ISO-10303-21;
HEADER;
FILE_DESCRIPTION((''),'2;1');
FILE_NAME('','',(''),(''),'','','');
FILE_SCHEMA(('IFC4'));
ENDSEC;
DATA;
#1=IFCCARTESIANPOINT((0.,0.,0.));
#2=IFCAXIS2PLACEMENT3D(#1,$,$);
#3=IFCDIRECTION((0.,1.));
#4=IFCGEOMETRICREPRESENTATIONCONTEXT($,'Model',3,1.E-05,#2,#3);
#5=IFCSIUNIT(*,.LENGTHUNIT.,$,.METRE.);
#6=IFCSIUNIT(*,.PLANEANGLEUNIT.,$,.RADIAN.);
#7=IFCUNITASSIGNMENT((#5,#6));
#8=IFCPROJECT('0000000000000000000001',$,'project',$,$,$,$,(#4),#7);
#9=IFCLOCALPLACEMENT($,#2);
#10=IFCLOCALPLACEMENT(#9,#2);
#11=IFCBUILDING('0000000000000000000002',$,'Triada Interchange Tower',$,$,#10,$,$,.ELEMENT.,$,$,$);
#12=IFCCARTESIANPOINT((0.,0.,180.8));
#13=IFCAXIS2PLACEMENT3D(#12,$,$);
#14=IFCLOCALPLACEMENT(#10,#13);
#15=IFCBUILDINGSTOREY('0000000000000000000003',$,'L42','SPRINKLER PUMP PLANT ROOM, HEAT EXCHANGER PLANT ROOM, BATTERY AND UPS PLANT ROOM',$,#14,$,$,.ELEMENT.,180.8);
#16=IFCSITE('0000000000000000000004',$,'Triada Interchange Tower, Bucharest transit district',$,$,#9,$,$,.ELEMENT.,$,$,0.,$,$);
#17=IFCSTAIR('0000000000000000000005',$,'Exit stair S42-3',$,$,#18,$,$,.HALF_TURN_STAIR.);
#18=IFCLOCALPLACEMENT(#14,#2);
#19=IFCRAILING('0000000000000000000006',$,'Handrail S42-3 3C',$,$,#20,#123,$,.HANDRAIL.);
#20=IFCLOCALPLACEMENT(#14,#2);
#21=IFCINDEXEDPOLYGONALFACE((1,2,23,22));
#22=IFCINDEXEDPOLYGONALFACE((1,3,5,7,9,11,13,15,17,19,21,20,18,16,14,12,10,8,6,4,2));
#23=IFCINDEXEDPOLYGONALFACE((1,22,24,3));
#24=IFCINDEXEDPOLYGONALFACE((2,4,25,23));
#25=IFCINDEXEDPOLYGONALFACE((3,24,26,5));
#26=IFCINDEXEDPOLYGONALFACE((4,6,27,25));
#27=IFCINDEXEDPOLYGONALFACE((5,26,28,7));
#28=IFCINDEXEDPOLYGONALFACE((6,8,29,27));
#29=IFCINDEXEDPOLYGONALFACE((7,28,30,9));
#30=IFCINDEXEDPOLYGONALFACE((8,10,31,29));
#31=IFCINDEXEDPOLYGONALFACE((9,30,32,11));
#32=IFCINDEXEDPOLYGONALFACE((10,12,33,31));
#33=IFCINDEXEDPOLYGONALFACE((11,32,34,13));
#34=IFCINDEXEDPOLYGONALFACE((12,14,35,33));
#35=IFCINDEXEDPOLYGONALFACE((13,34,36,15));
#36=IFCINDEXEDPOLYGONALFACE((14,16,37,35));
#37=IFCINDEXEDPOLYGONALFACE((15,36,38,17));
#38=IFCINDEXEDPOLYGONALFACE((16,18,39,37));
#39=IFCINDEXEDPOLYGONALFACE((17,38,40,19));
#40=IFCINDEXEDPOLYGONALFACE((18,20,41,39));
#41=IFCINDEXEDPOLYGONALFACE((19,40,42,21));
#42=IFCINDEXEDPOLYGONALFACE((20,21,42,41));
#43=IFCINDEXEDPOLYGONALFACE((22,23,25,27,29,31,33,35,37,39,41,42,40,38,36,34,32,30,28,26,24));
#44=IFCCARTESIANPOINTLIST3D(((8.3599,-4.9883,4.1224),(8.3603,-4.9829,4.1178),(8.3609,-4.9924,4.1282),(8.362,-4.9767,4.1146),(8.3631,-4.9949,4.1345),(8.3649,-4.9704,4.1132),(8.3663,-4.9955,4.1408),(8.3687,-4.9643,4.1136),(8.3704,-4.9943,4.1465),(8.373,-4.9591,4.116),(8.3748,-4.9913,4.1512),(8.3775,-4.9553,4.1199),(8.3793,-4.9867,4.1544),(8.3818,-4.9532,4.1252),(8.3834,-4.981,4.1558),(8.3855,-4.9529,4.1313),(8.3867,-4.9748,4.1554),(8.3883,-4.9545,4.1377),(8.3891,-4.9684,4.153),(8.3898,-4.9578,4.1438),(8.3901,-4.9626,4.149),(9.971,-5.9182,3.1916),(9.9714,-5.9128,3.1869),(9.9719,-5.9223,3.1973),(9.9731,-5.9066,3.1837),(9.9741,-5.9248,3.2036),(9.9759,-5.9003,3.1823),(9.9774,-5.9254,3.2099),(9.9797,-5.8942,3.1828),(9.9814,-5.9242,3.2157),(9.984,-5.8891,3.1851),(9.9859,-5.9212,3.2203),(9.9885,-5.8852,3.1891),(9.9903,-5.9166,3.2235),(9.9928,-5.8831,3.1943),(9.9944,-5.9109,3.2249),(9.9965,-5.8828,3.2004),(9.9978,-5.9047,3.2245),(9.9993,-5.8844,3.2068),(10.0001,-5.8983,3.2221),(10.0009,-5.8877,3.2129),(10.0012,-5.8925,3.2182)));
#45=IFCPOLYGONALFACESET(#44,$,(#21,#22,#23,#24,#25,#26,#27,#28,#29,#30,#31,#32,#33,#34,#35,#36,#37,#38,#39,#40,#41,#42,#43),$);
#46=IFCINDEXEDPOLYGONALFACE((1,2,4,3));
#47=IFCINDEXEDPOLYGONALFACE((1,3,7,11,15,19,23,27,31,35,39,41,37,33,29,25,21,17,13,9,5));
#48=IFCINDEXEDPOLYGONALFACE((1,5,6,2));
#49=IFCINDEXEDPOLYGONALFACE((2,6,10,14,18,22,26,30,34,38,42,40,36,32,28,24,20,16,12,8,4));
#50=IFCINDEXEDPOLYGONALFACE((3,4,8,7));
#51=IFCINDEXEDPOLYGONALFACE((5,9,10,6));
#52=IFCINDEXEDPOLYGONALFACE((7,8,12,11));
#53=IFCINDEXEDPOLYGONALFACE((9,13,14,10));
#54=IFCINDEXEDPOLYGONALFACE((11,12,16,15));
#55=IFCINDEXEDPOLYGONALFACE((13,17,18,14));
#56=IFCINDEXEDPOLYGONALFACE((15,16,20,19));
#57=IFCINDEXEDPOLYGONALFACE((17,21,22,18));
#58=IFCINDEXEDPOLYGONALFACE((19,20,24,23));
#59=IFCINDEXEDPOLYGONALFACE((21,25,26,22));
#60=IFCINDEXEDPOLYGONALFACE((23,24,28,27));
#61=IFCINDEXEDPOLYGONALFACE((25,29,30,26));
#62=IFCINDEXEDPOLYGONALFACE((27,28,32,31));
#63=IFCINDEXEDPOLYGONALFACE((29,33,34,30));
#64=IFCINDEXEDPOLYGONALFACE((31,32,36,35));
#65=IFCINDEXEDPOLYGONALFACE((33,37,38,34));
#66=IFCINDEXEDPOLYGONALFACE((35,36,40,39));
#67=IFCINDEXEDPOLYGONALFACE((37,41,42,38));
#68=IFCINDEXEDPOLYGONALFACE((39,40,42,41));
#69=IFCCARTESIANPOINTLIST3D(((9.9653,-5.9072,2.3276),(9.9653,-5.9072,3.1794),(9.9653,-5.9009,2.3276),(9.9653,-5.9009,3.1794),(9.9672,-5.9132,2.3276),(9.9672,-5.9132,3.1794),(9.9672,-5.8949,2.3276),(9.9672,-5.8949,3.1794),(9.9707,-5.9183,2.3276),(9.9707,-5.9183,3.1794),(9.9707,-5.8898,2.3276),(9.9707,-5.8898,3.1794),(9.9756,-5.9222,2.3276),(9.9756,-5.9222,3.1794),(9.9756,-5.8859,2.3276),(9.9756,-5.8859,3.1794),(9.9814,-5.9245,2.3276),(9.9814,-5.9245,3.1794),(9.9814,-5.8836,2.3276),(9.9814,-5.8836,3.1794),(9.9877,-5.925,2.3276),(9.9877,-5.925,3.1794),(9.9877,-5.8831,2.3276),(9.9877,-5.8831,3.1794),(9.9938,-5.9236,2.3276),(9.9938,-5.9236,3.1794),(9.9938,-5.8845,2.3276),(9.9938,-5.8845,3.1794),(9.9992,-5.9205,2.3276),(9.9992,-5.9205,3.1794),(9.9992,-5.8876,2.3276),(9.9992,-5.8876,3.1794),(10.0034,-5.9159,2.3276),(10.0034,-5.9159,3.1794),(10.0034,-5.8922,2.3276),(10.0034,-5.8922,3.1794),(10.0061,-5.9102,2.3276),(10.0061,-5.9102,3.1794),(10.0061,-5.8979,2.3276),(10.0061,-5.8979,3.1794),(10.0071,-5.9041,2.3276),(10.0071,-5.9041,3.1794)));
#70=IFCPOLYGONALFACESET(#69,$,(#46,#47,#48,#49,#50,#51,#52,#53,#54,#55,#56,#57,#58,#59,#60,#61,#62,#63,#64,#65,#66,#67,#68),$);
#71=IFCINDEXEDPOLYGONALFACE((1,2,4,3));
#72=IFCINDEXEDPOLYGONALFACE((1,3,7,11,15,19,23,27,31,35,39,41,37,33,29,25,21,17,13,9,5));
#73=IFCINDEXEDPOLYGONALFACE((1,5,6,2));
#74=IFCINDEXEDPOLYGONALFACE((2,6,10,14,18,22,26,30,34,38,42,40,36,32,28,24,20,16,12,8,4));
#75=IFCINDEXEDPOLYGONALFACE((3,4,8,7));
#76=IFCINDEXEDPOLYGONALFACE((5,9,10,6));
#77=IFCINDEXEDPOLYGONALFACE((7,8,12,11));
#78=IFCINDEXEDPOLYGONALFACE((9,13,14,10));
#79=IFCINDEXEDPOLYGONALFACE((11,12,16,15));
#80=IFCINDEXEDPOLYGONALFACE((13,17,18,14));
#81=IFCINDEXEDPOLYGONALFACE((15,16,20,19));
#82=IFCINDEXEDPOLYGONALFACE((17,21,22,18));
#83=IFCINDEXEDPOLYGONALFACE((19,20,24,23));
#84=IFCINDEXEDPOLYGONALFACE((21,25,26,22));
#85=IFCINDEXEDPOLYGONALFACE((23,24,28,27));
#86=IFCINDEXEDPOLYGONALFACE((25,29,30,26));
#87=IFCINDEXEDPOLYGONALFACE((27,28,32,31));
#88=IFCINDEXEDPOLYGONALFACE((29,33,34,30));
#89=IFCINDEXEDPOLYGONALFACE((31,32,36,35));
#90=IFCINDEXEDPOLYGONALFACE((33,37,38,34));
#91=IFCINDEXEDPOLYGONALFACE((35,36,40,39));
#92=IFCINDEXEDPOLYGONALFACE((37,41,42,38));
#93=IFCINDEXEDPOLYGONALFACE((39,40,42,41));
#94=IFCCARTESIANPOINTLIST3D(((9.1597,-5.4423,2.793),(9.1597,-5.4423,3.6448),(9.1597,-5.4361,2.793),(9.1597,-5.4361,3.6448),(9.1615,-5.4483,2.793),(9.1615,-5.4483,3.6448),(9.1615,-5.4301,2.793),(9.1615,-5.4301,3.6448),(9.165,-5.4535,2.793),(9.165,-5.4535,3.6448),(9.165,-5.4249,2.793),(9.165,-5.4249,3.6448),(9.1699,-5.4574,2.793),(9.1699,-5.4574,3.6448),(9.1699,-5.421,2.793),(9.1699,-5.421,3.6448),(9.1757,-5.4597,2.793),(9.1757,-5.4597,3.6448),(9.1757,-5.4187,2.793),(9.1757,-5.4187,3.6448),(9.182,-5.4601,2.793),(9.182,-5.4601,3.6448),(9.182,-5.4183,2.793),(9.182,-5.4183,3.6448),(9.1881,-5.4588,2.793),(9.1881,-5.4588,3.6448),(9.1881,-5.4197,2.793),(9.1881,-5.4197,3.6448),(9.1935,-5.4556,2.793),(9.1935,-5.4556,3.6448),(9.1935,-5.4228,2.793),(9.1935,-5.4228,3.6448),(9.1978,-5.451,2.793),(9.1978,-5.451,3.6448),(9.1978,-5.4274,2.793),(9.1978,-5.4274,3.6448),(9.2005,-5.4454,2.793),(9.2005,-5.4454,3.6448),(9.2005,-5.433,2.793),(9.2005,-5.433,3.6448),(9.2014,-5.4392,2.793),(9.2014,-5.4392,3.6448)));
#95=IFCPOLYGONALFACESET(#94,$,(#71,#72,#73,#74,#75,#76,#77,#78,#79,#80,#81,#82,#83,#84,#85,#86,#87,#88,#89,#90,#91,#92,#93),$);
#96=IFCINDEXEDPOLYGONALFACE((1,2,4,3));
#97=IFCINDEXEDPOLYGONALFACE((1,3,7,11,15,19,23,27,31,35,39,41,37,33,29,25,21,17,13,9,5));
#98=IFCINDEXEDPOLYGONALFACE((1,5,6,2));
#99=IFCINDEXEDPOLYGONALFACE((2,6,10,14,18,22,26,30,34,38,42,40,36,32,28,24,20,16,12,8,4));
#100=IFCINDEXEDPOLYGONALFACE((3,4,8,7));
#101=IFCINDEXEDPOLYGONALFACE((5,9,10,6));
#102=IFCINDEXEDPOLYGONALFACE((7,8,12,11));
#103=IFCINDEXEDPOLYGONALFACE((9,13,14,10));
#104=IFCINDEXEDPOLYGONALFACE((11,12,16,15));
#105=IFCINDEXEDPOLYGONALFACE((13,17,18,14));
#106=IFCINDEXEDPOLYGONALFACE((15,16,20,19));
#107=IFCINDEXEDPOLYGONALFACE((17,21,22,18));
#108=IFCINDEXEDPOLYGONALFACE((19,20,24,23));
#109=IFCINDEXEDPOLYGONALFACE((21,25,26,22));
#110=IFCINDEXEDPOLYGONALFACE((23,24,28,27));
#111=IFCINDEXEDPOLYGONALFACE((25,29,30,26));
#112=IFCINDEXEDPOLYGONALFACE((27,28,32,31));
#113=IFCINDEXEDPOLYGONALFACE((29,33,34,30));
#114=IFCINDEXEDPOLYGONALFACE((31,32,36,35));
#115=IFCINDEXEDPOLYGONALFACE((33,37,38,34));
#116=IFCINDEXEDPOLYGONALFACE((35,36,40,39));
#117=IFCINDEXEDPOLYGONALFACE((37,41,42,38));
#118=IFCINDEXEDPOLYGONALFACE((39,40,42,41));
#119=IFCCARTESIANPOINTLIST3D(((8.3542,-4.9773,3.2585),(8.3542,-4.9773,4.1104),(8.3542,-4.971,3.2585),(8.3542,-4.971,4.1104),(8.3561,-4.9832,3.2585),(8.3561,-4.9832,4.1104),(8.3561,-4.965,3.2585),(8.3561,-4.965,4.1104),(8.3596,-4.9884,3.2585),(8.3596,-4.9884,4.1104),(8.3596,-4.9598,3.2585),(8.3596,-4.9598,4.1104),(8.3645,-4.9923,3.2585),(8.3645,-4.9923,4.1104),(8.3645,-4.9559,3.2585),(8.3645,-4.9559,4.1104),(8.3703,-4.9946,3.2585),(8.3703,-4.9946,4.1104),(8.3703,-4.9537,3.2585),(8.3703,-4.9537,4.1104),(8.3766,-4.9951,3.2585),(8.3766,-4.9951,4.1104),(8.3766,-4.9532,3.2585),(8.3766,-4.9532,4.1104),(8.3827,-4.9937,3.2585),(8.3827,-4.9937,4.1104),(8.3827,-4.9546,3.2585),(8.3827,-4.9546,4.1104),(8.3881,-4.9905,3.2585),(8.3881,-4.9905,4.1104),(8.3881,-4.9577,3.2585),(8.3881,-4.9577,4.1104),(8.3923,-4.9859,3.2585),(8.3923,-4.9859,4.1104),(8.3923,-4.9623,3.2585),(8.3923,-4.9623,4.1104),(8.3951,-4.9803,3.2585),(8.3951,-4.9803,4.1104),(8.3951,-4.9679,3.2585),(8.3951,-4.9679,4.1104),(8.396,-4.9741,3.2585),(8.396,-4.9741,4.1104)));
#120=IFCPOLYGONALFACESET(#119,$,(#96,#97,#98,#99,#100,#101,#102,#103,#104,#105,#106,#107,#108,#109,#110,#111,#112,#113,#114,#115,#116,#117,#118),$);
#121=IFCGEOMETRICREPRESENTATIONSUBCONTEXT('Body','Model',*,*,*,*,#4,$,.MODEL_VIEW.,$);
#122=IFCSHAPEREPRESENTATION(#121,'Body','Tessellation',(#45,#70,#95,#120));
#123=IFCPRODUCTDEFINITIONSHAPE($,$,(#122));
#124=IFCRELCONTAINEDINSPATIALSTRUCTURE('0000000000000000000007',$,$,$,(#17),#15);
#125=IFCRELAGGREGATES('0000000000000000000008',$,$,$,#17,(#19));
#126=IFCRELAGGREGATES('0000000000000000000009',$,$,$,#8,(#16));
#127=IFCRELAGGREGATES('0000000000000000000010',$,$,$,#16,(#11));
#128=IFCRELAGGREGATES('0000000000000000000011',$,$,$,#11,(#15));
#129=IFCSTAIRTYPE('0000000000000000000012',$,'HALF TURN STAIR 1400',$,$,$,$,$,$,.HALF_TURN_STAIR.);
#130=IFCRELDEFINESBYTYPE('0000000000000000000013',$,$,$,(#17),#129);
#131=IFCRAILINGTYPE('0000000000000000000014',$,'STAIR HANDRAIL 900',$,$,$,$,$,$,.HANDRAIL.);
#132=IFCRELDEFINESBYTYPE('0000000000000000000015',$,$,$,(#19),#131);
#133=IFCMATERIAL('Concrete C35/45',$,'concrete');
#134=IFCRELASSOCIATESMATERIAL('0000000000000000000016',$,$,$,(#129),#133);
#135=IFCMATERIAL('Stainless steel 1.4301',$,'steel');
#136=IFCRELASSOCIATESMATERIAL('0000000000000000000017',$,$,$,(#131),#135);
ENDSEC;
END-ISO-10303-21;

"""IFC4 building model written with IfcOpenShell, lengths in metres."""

from ifc_helpers import new_model, si_unit, direction, frame, origin, origin_2d, place, context, subcontext, project, spatial, circle, extrude, material, type_object, element, aggregate, save


model = new_model("IFC4")

# Units and contexts
model_context = context("Model", 3, precision=1e-05, world=origin(), true_north=direction((0.0, 1.0)))
body_context = subcontext(model_context, "Body", "Model", "MODEL_VIEW")
ifc_project = project(units=[si_unit("LENGTHUNIT", "METRE"), si_unit("PLANEANGLEUNIT", "RADIAN")], contexts=[model_context])

# Site, building, storey
site_placement = place(None, origin())
site = spatial("IfcSite", under=ifc_project, at=site_placement, Name="Triada Interchange Tower, Bucharest transit district", CompositionType="ELEMENT", RefElevation=0.0)
building_placement = place(site_placement, origin())
building = spatial("IfcBuilding", under=site, at=building_placement, Name="Triada Interchange Tower", CompositionType="ELEMENT")
storey_placement = place(building_placement, frame((0.0, 0.0, 180.8)))
storey = spatial("IfcBuildingStorey", under=building, at=storey_placement, Name="L42", Description="SPRINKLER PUMP PLANT ROOM, HEAT EXCHANGER PLANT ROOM, BATTERY AND UPS PLANT ROOM", CompositionType="ELEMENT", Elevation=180.8)

# Shared definitions
ifc_material_1 = material(Name="Concrete C35/45", Category="concrete")

# Stair, railing
stair_type = type_object("IfcStairType", Name="HALF TURN STAIR 1400", PredefinedType="HALF_TURN_STAIR", material=ifc_material_1)
stair_placement = place(storey_placement, origin())
stair = element("IfcStair", 1, at=stair_placement, inside=storey, type_object=stair_type, Name="Exit stair S42-3", PredefinedType="HALF_TURN_STAIR")
ifc_material_2 = material(Name="Stainless steel 1.4301", Category="steel")
railing_type_1 = type_object("IfcRailingType", Name="STAIR HANDRAIL 900", PredefinedType="HANDRAIL", material=ifc_material_2)
railing_1_placement = place(storey_placement, frame((9.9861, -5.9041, 2.3276)))
railing_1 = element("IfcRailing", 2, at=railing_1_placement, type_object=railing_type_1, Name="Handrail S42-3 3C", PredefinedType="HANDRAIL", context=body_context, shape_type="SweptSolid", body=[
    extrude(circle(Radius=0.0239, at=origin_2d()), frame((0.0, 0.0, 0.876), z_axis=(-0.77451, 0.447054, 0.447523), x_axis=(-0.499908, -0.866079, 0.0)), (0.0, 0.0, 1.0), 2.0801),
    extrude(circle(Radius=0.021, at=origin_2d()), origin(), (0.0, 0.0, 1.0), 0.8518),
    extrude(circle(Radius=0.021, at=origin_2d()), frame((-0.8057, 0.4648, 0.4653)), (0.0, 0.0, 1.0), 0.8518),
    extrude(circle(Radius=0.021, at=origin_2d()), frame((-1.6111, 0.9299, 0.9309)), (0.0, 0.0, 1.0), 0.8518),
])
aggregate(stair, [railing_1])

save(model, "model.ifc")
